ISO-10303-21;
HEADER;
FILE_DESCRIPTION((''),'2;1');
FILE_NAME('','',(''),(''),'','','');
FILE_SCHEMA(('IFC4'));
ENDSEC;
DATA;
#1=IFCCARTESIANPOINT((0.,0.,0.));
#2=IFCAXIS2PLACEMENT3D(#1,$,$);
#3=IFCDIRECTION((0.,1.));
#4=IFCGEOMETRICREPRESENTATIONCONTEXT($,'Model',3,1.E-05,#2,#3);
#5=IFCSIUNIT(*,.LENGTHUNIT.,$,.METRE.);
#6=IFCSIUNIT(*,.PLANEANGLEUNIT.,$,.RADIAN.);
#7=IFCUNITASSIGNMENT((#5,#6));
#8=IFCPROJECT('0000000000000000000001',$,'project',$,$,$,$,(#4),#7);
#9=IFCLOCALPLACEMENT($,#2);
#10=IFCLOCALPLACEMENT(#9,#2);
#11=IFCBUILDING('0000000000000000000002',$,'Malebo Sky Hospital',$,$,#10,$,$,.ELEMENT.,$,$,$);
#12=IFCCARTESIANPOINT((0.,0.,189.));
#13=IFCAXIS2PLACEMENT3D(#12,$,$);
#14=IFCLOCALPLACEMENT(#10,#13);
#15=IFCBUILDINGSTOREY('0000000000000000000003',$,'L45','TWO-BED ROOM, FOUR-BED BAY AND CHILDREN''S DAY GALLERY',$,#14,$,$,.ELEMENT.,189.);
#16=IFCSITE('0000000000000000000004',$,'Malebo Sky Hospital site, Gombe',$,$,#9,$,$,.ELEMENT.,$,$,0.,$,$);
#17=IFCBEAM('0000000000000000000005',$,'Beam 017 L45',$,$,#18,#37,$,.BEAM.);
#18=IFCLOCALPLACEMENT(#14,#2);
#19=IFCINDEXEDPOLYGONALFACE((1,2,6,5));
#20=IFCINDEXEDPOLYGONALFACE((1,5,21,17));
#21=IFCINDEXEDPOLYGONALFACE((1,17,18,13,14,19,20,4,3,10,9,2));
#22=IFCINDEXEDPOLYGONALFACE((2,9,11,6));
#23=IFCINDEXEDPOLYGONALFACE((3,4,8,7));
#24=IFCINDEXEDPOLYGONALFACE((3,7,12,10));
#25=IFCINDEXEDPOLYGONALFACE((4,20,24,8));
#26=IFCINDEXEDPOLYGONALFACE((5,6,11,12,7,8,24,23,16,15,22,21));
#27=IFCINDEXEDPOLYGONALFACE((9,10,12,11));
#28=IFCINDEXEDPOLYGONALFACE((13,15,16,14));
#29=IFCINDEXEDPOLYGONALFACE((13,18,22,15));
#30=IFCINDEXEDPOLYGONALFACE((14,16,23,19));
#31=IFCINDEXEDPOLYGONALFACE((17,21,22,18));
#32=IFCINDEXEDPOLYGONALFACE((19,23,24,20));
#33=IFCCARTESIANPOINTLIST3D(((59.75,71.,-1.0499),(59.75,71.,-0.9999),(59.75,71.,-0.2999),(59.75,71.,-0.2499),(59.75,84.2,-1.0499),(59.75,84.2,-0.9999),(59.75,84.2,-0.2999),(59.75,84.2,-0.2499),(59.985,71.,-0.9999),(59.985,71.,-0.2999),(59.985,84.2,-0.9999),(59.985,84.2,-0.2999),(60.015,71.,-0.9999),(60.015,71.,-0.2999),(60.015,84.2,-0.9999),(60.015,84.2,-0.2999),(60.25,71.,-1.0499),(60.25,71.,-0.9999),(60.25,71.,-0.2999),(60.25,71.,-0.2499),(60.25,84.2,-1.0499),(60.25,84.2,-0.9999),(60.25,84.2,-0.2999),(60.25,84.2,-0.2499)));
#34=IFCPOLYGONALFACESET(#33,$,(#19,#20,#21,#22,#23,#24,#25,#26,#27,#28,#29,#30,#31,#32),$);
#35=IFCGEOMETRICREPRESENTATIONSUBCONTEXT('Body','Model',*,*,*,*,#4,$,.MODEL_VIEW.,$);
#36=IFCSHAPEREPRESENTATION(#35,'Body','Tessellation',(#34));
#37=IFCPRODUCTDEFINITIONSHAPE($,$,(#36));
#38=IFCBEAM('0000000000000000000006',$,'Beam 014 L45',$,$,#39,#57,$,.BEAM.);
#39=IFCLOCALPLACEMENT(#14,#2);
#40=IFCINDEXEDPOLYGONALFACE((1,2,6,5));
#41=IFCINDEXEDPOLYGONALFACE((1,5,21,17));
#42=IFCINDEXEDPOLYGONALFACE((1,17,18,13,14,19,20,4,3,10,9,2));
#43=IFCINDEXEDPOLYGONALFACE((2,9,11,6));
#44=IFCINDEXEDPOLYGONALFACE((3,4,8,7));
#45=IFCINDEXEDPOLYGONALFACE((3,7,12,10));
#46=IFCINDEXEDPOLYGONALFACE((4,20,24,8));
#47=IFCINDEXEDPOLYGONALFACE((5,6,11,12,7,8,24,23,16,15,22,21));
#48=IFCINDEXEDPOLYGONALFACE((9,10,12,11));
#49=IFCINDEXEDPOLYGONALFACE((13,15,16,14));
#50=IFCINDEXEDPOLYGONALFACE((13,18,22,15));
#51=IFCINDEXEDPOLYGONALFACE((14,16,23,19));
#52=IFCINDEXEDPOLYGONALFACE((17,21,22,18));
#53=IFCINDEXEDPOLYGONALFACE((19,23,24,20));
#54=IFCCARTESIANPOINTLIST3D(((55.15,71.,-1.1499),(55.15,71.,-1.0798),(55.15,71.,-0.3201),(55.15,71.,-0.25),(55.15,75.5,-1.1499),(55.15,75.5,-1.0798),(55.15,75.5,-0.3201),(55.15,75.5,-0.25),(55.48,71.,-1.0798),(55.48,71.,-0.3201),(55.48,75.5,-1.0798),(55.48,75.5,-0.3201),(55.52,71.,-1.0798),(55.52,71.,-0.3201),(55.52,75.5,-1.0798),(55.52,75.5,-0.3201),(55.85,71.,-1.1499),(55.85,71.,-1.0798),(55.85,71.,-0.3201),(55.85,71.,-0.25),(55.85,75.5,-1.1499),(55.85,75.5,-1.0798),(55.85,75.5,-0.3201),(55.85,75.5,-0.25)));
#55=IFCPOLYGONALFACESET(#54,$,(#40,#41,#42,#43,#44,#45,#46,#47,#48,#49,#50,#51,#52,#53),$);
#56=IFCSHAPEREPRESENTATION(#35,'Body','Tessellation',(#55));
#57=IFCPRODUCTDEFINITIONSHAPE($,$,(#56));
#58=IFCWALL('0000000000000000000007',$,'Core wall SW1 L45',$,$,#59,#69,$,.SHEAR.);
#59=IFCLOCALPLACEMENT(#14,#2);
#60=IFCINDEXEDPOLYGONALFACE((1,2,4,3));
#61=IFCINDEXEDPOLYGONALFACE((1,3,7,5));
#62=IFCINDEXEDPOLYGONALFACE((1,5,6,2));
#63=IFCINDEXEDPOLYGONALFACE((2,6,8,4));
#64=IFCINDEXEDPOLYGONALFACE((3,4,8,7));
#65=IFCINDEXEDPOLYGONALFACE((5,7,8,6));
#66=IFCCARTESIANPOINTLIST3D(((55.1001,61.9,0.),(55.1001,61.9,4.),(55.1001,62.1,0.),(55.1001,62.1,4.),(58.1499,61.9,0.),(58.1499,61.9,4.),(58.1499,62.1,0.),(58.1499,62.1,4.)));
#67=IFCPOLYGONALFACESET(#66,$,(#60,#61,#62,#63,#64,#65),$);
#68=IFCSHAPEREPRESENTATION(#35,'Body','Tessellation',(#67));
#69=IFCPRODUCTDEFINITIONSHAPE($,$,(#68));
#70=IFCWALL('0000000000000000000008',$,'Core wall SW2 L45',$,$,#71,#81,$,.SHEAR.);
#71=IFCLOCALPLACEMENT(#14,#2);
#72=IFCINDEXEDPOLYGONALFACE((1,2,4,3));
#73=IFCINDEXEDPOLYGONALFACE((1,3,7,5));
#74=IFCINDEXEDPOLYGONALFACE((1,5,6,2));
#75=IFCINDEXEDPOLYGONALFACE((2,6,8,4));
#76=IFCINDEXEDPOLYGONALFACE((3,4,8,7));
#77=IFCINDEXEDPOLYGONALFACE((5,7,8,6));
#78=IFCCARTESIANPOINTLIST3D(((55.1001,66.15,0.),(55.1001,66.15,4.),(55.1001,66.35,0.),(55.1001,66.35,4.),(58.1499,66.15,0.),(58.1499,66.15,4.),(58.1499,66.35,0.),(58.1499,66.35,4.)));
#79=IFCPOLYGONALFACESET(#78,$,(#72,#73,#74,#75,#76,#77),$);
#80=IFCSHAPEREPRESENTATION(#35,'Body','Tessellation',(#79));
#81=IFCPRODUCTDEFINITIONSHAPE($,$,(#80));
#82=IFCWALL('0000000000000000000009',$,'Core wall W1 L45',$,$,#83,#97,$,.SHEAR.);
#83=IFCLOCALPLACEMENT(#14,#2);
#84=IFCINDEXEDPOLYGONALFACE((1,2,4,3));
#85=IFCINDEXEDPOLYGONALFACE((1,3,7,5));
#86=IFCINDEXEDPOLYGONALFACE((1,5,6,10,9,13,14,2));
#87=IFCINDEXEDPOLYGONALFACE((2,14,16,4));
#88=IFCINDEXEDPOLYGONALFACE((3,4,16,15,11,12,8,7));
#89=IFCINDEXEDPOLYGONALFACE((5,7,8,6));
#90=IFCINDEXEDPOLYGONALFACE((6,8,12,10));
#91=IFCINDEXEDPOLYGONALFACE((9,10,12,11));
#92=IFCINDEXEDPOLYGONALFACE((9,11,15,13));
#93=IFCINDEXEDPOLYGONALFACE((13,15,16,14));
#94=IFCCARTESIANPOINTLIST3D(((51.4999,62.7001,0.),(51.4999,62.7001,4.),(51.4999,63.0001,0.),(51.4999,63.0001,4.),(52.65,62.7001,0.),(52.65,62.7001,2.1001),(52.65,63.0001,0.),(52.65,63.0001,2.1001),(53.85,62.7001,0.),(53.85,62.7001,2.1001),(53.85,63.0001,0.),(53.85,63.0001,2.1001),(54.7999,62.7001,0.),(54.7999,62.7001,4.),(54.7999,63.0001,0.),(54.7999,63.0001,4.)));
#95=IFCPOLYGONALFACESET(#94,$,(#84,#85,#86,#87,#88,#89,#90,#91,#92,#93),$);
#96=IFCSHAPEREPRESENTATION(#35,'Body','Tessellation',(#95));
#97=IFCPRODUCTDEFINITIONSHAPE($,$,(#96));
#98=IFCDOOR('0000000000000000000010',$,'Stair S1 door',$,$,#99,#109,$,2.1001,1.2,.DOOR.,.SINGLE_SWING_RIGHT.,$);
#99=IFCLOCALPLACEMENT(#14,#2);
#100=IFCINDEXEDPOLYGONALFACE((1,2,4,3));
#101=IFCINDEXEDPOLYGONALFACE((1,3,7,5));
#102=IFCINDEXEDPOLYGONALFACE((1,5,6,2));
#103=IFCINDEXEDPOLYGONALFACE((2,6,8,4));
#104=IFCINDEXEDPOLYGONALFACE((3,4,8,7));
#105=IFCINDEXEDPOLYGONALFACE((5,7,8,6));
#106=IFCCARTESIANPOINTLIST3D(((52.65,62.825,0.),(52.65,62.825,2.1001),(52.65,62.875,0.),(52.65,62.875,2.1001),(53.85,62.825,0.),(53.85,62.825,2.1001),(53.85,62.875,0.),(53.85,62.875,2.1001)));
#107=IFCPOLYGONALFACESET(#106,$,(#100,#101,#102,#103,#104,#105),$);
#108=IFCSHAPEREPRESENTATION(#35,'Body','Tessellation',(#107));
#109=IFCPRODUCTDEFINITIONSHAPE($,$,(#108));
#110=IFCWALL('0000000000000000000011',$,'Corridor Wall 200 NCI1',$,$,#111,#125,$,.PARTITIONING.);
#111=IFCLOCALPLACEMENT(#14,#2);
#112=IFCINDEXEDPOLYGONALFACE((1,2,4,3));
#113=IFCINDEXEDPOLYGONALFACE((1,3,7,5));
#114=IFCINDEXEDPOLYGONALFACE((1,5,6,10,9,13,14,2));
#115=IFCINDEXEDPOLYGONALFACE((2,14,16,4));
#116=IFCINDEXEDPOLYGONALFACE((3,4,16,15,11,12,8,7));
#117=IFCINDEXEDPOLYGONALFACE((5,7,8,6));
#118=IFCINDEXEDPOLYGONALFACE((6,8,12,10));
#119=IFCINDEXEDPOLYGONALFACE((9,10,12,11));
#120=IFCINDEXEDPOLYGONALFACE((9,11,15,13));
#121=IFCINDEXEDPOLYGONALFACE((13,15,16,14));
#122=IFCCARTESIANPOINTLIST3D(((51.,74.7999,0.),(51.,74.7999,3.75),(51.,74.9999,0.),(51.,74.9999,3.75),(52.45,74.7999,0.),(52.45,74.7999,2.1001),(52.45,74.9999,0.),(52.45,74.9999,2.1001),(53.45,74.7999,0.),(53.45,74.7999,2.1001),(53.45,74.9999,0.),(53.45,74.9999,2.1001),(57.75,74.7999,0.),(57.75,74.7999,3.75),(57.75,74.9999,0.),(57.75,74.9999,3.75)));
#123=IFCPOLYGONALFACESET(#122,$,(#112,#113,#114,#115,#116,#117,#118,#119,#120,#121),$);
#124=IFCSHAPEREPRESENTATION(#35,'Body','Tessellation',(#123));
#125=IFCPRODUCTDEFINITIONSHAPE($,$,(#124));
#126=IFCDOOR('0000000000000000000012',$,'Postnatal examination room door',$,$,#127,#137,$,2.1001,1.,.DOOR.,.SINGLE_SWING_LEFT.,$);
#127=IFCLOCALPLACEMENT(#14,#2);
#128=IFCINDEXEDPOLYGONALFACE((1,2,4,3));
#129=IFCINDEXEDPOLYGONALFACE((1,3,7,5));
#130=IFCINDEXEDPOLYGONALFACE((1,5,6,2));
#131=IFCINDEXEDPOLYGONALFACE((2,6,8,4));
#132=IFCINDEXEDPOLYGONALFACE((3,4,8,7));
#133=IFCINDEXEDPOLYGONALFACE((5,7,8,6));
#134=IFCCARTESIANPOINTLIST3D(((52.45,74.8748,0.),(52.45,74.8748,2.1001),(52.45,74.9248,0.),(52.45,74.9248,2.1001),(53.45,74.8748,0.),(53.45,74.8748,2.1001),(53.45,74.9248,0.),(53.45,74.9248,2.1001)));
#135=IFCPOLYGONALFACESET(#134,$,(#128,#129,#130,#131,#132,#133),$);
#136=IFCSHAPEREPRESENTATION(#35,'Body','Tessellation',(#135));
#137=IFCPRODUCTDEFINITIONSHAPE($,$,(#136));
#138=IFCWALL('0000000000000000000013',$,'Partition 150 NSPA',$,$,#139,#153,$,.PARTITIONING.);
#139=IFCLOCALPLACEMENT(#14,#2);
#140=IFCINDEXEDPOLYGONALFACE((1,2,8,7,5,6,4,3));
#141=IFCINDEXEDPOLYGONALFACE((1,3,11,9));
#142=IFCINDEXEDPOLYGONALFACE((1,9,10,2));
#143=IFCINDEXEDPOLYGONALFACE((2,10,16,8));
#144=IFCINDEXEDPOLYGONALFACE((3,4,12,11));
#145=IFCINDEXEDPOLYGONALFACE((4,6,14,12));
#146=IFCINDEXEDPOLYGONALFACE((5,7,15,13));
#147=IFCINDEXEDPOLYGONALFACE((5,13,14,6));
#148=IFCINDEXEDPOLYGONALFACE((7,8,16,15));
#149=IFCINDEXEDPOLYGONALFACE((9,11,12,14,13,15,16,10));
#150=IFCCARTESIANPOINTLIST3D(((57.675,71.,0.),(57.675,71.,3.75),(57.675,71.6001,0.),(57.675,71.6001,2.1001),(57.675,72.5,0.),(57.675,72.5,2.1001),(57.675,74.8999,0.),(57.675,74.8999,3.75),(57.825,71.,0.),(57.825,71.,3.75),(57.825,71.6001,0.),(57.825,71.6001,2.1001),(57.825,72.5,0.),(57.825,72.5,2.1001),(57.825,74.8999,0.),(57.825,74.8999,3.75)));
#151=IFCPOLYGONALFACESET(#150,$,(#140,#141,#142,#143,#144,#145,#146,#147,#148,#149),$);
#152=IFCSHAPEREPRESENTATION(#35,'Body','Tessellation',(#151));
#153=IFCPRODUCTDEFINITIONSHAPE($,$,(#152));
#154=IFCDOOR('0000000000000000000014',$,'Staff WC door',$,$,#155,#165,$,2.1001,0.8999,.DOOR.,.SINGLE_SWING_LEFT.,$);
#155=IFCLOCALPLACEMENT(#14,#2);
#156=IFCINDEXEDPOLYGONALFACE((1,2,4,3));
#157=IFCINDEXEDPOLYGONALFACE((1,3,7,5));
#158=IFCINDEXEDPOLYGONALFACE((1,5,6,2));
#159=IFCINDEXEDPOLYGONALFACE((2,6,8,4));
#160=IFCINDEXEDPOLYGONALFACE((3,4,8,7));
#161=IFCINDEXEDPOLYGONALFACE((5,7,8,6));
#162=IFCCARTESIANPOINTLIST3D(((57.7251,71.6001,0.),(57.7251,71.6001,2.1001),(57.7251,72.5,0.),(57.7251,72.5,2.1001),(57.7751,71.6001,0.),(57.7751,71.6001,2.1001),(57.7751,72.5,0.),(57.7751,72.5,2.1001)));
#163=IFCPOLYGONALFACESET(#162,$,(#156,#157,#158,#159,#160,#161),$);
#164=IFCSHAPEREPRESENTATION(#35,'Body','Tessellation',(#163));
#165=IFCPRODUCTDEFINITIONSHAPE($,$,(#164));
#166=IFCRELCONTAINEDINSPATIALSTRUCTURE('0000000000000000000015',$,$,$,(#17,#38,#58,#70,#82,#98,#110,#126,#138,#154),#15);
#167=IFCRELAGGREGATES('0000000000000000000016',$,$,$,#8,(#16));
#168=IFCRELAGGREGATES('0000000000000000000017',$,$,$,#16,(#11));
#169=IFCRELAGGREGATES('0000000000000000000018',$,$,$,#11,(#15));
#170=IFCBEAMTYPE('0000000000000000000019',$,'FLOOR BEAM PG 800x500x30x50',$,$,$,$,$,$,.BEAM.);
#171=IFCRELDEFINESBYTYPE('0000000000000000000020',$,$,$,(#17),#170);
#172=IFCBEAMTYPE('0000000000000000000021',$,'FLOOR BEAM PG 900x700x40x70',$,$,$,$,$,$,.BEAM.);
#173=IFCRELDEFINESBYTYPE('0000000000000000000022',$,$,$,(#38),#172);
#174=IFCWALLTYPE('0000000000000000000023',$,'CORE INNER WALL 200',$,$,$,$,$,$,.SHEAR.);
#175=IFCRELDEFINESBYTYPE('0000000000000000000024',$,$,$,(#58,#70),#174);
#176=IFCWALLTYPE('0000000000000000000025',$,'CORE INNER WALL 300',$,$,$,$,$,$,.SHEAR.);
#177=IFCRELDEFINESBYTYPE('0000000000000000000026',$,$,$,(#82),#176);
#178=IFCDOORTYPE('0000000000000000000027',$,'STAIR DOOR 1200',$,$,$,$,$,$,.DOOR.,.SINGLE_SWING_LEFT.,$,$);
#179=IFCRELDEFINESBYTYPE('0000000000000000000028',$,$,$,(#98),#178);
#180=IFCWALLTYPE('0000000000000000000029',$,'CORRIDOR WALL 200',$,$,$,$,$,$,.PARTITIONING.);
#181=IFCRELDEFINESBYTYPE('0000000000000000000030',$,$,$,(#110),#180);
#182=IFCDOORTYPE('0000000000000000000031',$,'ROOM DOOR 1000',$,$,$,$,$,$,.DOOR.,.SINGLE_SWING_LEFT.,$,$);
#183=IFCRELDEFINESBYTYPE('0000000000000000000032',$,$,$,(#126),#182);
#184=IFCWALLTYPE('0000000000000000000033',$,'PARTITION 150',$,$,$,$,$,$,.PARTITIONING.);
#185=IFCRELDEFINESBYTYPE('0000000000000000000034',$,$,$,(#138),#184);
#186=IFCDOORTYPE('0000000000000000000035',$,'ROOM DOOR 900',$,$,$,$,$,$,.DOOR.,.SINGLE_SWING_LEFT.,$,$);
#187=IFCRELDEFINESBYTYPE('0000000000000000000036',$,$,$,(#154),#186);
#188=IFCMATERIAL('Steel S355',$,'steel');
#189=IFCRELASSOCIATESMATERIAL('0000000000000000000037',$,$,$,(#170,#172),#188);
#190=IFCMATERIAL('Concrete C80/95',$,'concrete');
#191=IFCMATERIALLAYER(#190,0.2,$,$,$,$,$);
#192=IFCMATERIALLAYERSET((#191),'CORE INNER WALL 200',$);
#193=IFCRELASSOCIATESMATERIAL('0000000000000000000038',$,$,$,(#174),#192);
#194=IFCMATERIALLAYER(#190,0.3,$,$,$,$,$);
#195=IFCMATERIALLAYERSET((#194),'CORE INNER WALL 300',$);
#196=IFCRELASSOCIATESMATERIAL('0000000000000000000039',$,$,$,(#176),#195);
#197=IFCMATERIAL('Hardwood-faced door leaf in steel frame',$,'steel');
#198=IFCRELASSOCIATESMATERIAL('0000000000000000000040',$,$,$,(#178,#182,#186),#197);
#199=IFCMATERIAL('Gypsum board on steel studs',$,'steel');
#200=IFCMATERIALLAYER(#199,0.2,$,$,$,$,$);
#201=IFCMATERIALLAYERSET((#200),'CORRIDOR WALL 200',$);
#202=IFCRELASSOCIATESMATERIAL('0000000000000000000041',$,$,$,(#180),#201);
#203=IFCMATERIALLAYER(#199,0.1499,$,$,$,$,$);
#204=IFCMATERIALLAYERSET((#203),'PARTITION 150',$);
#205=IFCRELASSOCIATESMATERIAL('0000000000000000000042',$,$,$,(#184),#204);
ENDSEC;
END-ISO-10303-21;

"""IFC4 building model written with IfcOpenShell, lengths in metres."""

from ifc_helpers import new_model, si_unit, direction, frame, frame_2d, origin, origin_2d, place, context, subcontext, project, spatial, rectangle, i_section, extrude, material, layer, layer_set, material_profile, profile_set, type_object, element, fill, save


model = new_model("IFC4")

# Units and contexts
model_context = context("Model", 3, precision=1e-05, world=origin(), true_north=direction((0.0, 1.0)))
body_context = subcontext(model_context, "Body", "Model", "MODEL_VIEW")
ifc_project = project(units=[si_unit("LENGTHUNIT", "METRE"), si_unit("PLANEANGLEUNIT", "RADIAN")], contexts=[model_context])

# Site, building, storey
site_placement = place(None, origin())
site = spatial("IfcSite", under=ifc_project, at=site_placement, Name="Malebo Sky Hospital site, Gombe", CompositionType="ELEMENT", RefElevation=0.0)
building_placement = place(site_placement, origin())
building = spatial("IfcBuilding", under=site, at=building_placement, Name="Malebo Sky Hospital", CompositionType="ELEMENT")
storey_placement = place(building_placement, frame((0.0, 0.0, 189.0)))
storey = spatial("IfcBuildingStorey", under=building, at=storey_placement, Name="L45", Description="TWO-BED ROOM, FOUR-BED BAY AND CHILDREN'S DAY GALLERY", CompositionType="ELEMENT", Elevation=189.0)

# Beams
ifc_material_1 = material(Name="Steel S355", Category="steel")
ifc_material_profile_1 = material_profile(ifc_material_1, i_section(OverallWidth=0.5, OverallDepth=0.8, WebThickness=0.03, FlangeThickness=0.05, at=origin_2d()), Name="PG 800x500x30x50")
ifc_profile_set_1 = profile_set([ifc_material_profile_1], Name="Steel S355")
beam_type_1 = type_object("IfcBeamType", Name="FLOOR BEAM PG 800x500x30x50", PredefinedType="BEAM", material=ifc_profile_set_1)
beam_1_placement = place(storey_placement, frame((60.0, 71.0, -0.6499), z_axis=(0.0, 1.0, 0.0), x_axis=(-1.0, 0.0, 0.0)))
element("IfcBeam", 1, at=beam_1_placement, inside=storey, type_object=beam_type_1, Name="Beam 017 L45", PredefinedType="BEAM", context=body_context, shape_type="SweptSolid", body=[
    extrude(i_section(OverallWidth=0.5, OverallDepth=0.8, WebThickness=0.03, FlangeThickness=0.05, at=origin_2d()), origin(), (0.0, 0.0, 1.0), 13.2),
])
ifc_material_profile_2 = material_profile(ifc_material_1, i_section(OverallWidth=0.7, OverallDepth=0.8999, WebThickness=0.04, FlangeThickness=0.0701, at=origin_2d()), Name="PG 900x700x40x70")
ifc_profile_set_2 = profile_set([ifc_material_profile_2], Name="Steel S355")
beam_type_2 = type_object("IfcBeamType", Name="FLOOR BEAM PG 900x700x40x70", PredefinedType="BEAM", material=ifc_profile_set_2)
beam_2_placement = place(storey_placement, frame((55.5, 71.0, -0.7), z_axis=(0.0, 1.0, 0.0), x_axis=(-1.0, 0.0, 0.0)))
element("IfcBeam", 2, at=beam_2_placement, inside=storey, type_object=beam_type_2, Name="Beam 014 L45", PredefinedType="BEAM", context=body_context, shape_type="SweptSolid", body=[
    extrude(i_section(OverallWidth=0.7, OverallDepth=0.8999, WebThickness=0.04, FlangeThickness=0.0701, at=origin_2d()), origin(), (0.0, 0.0, 1.0), 4.5),
])

# Walls
ifc_material_2 = material(Name="Concrete C80/95", Category="concrete")
ifc_layer_1 = layer(ifc_material_2, 0.2)
ifc_layer_set_1 = layer_set([ifc_layer_1], Name="CORE INNER WALL 200")
wall_type_1 = type_object("IfcWallType", Name="CORE INNER WALL 200", PredefinedType="SHEAR", material=ifc_layer_set_1)
for number, where, z_axis, x_axis, name in (
    (3, (55.1001, 62.0, 0.0), (0.0, 0.0, 1.0), (1.0, 0.0, 0.0), "Core wall SW1 L45"),
    (4, (55.1001, 66.25, 0.0), (0.0, 0.0, 1.0), (1.0, 0.0, 0.0), "Core wall SW2 L45"),
):
    element("IfcWall", number, at=place(storey_placement, frame(where, z_axis=z_axis, x_axis=x_axis)), inside=storey, type_object=wall_type_1, Name=name, PredefinedType="SHEAR", context=body_context, shape_type="SweptSolid", body=[
        extrude(rectangle(XDim=3.0498, YDim=0.2, at=frame_2d((1.5249, 0.0))), origin(), (0.0, 0.0, 1.0), 4.0),
    ])

# Walls, openings, doors
ifc_layer_2 = layer(ifc_material_2, 0.3)
ifc_layer_set_2 = layer_set([ifc_layer_2], Name="CORE INNER WALL 300")
wall_type_2 = type_object("IfcWallType", Name="CORE INNER WALL 300", PredefinedType="SHEAR", material=ifc_layer_set_2)
wall_1_placement = place(storey_placement, frame((51.5, 62.8501, 0.0), z_axis=(0.0, 0.0, 1.0), x_axis=(1.0, 0.0, 0.0)))
wall_1 = element("IfcWall", 5, at=wall_1_placement, inside=storey, type_object=wall_type_2, Name="Core wall W1 L45", PredefinedType="SHEAR", context=body_context, shape_type="SweptSolid", body=[
    extrude(rectangle(XDim=3.3, YDim=0.3, at=frame_2d((1.6499, 0.0))), origin(), (0.0, 0.0, 1.0), 4.0),
])
opening_1_placement = place(wall_1_placement, frame((1.1499, 0.0, 0.0)))
opening_1 = element("IfcOpeningElement", 6, at=opening_1_placement, cuts=wall_1, PredefinedType="OPENING", context=body_context, shape_type="SweptSolid", body=[
    extrude(rectangle(XDim=1.2, YDim=2.1001, at=frame_2d((0.6001, 1.05))), frame((0.0, 0.1599, 0.0), z_axis=(0.0, -1.0, 0.0), x_axis=(1.0, 0.0, 0.0)), (0.0, 0.0, 1.0), 0.3201),
])
ifc_material_3 = material(Name="Hardwood-faced door leaf in steel frame", Category="steel")
door_type_1 = type_object("IfcDoorType", Name="STAIR DOOR 1200", OperationType="SINGLE_SWING_LEFT", PredefinedType="DOOR", material=ifc_material_3)
door_1_placement = place(opening_1_placement, origin())
door_1 = element("IfcDoor", 7, at=door_1_placement, inside=storey, type_object=door_type_1, Name="Stair S1 door", OperationType="SINGLE_SWING_RIGHT", OverallHeight=2.1001, OverallWidth=1.2, PredefinedType="DOOR", context=body_context, shape_type="SweptSolid", body=[
    extrude(rectangle(XDim=1.2, YDim=2.1001, at=frame_2d((0.6001, 1.05))), frame((0.0, 0.0249, 0.0), z_axis=(0.0, -1.0, 0.0), x_axis=(1.0, 0.0, 0.0)), (0.0, 0.0, 1.0), 0.05),
])
fill(opening_1, door_1)
ifc_material_4 = material(Name="Gypsum board on steel studs", Category="steel")
ifc_layer_3 = layer(ifc_material_4, 0.2)
ifc_layer_set_3 = layer_set([ifc_layer_3], Name="CORRIDOR WALL 200")
wall_type_3 = type_object("IfcWallType", Name="CORRIDOR WALL 200", PredefinedType="PARTITIONING", material=ifc_layer_set_3)
wall_2_placement = place(storey_placement, frame((51.0, 74.8999, 0.0), z_axis=(0.0, 0.0, 1.0), x_axis=(1.0, 0.0, 0.0)))
wall_2 = element("IfcWall", 8, at=wall_2_placement, inside=storey, type_object=wall_type_3, Name="Corridor Wall 200 NCI1", PredefinedType="PARTITIONING", context=body_context, shape_type="SweptSolid", body=[
    extrude(rectangle(XDim=6.75, YDim=0.2, at=frame_2d((3.375, 0.0))), origin(), (0.0, 0.0, 1.0), 3.75),
])
opening_2_placement = place(wall_2_placement, frame((1.45, 0.0, 0.0)))
opening_2 = element("IfcOpeningElement", 9, at=opening_2_placement, cuts=wall_2, PredefinedType="OPENING", context=body_context, shape_type="SweptSolid", body=[
    extrude(rectangle(XDim=1.0, YDim=2.1001, at=frame_2d((0.5, 1.05))), frame((0.0, 0.1099, 0.0), z_axis=(0.0, -1.0, 0.0), x_axis=(1.0, 0.0, 0.0)), (0.0, 0.0, 1.0), 0.22),
])
door_type_2 = type_object("IfcDoorType", Name="ROOM DOOR 1000", OperationType="SINGLE_SWING_LEFT", PredefinedType="DOOR", material=ifc_material_3)
door_2_placement = place(opening_2_placement, origin())
door_2 = element("IfcDoor", 10, at=door_2_placement, inside=storey, type_object=door_type_2, Name="Postnatal examination room door", OperationType="SINGLE_SWING_LEFT", OverallHeight=2.1001, OverallWidth=1.0, PredefinedType="DOOR", context=body_context, shape_type="SweptSolid", body=[
    extrude(rectangle(XDim=1.0, YDim=2.1001, at=frame_2d((0.5, 1.05))), frame((0.0, 0.0249, 0.0), z_axis=(0.0, -1.0, 0.0), x_axis=(1.0, 0.0, 0.0)), (0.0, 0.0, 1.0), 0.05),
])
fill(opening_2, door_2)
ifc_layer_4 = layer(ifc_material_4, 0.1499)
ifc_layer_set_4 = layer_set([ifc_layer_4], Name="PARTITION 150")
wall_type_4 = type_object("IfcWallType", Name="PARTITION 150", PredefinedType="PARTITIONING", material=ifc_layer_set_4)
wall_3_placement = place(storey_placement, frame((57.75, 71.0, 0.0), z_axis=(0.0, 0.0, 1.0), x_axis=(0.0, 1.0, 0.0)))
wall_3 = element("IfcWall", 11, at=wall_3_placement, inside=storey, type_object=wall_type_4, Name="Partition 150 NSPA", PredefinedType="PARTITIONING", context=body_context, shape_type="SweptSolid", body=[
    extrude(rectangle(XDim=3.8999, YDim=0.1499, at=frame_2d((1.95, 0.0))), origin(), (0.0, 0.0, 1.0), 3.75),
])
opening_3_placement = place(wall_3_placement, frame((0.6001, 0.0, 0.0)))
opening_3 = element("IfcOpeningElement", 12, at=opening_3_placement, cuts=wall_3, PredefinedType="OPENING", context=body_context, shape_type="SweptSolid", body=[
    extrude(rectangle(XDim=0.8999, YDim=2.1001, at=frame_2d((0.45, 1.05))), frame((0.0, 0.085, 0.0), z_axis=(0.0, -1.0, 0.0), x_axis=(1.0, 0.0, 0.0)), (0.0, 0.0, 1.0), 0.1699),
])
door_type_3 = type_object("IfcDoorType", Name="ROOM DOOR 900", OperationType="SINGLE_SWING_LEFT", PredefinedType="DOOR", material=ifc_material_3)
door_3_placement = place(opening_3_placement, origin())
door_3 = element("IfcDoor", 13, at=door_3_placement, inside=storey, type_object=door_type_3, Name="Staff WC door", OperationType="SINGLE_SWING_LEFT", OverallHeight=2.1001, OverallWidth=0.8999, PredefinedType="DOOR", context=body_context, shape_type="SweptSolid", body=[
    extrude(rectangle(XDim=0.8999, YDim=2.1001, at=frame_2d((0.45, 1.05))), frame((0.0, 0.0249, 0.0), z_axis=(0.0, -1.0, 0.0), x_axis=(1.0, 0.0, 0.0)), (0.0, 0.0, 1.0), 0.05),
])
fill(opening_3, door_3)

save(model, "model.ifc")
